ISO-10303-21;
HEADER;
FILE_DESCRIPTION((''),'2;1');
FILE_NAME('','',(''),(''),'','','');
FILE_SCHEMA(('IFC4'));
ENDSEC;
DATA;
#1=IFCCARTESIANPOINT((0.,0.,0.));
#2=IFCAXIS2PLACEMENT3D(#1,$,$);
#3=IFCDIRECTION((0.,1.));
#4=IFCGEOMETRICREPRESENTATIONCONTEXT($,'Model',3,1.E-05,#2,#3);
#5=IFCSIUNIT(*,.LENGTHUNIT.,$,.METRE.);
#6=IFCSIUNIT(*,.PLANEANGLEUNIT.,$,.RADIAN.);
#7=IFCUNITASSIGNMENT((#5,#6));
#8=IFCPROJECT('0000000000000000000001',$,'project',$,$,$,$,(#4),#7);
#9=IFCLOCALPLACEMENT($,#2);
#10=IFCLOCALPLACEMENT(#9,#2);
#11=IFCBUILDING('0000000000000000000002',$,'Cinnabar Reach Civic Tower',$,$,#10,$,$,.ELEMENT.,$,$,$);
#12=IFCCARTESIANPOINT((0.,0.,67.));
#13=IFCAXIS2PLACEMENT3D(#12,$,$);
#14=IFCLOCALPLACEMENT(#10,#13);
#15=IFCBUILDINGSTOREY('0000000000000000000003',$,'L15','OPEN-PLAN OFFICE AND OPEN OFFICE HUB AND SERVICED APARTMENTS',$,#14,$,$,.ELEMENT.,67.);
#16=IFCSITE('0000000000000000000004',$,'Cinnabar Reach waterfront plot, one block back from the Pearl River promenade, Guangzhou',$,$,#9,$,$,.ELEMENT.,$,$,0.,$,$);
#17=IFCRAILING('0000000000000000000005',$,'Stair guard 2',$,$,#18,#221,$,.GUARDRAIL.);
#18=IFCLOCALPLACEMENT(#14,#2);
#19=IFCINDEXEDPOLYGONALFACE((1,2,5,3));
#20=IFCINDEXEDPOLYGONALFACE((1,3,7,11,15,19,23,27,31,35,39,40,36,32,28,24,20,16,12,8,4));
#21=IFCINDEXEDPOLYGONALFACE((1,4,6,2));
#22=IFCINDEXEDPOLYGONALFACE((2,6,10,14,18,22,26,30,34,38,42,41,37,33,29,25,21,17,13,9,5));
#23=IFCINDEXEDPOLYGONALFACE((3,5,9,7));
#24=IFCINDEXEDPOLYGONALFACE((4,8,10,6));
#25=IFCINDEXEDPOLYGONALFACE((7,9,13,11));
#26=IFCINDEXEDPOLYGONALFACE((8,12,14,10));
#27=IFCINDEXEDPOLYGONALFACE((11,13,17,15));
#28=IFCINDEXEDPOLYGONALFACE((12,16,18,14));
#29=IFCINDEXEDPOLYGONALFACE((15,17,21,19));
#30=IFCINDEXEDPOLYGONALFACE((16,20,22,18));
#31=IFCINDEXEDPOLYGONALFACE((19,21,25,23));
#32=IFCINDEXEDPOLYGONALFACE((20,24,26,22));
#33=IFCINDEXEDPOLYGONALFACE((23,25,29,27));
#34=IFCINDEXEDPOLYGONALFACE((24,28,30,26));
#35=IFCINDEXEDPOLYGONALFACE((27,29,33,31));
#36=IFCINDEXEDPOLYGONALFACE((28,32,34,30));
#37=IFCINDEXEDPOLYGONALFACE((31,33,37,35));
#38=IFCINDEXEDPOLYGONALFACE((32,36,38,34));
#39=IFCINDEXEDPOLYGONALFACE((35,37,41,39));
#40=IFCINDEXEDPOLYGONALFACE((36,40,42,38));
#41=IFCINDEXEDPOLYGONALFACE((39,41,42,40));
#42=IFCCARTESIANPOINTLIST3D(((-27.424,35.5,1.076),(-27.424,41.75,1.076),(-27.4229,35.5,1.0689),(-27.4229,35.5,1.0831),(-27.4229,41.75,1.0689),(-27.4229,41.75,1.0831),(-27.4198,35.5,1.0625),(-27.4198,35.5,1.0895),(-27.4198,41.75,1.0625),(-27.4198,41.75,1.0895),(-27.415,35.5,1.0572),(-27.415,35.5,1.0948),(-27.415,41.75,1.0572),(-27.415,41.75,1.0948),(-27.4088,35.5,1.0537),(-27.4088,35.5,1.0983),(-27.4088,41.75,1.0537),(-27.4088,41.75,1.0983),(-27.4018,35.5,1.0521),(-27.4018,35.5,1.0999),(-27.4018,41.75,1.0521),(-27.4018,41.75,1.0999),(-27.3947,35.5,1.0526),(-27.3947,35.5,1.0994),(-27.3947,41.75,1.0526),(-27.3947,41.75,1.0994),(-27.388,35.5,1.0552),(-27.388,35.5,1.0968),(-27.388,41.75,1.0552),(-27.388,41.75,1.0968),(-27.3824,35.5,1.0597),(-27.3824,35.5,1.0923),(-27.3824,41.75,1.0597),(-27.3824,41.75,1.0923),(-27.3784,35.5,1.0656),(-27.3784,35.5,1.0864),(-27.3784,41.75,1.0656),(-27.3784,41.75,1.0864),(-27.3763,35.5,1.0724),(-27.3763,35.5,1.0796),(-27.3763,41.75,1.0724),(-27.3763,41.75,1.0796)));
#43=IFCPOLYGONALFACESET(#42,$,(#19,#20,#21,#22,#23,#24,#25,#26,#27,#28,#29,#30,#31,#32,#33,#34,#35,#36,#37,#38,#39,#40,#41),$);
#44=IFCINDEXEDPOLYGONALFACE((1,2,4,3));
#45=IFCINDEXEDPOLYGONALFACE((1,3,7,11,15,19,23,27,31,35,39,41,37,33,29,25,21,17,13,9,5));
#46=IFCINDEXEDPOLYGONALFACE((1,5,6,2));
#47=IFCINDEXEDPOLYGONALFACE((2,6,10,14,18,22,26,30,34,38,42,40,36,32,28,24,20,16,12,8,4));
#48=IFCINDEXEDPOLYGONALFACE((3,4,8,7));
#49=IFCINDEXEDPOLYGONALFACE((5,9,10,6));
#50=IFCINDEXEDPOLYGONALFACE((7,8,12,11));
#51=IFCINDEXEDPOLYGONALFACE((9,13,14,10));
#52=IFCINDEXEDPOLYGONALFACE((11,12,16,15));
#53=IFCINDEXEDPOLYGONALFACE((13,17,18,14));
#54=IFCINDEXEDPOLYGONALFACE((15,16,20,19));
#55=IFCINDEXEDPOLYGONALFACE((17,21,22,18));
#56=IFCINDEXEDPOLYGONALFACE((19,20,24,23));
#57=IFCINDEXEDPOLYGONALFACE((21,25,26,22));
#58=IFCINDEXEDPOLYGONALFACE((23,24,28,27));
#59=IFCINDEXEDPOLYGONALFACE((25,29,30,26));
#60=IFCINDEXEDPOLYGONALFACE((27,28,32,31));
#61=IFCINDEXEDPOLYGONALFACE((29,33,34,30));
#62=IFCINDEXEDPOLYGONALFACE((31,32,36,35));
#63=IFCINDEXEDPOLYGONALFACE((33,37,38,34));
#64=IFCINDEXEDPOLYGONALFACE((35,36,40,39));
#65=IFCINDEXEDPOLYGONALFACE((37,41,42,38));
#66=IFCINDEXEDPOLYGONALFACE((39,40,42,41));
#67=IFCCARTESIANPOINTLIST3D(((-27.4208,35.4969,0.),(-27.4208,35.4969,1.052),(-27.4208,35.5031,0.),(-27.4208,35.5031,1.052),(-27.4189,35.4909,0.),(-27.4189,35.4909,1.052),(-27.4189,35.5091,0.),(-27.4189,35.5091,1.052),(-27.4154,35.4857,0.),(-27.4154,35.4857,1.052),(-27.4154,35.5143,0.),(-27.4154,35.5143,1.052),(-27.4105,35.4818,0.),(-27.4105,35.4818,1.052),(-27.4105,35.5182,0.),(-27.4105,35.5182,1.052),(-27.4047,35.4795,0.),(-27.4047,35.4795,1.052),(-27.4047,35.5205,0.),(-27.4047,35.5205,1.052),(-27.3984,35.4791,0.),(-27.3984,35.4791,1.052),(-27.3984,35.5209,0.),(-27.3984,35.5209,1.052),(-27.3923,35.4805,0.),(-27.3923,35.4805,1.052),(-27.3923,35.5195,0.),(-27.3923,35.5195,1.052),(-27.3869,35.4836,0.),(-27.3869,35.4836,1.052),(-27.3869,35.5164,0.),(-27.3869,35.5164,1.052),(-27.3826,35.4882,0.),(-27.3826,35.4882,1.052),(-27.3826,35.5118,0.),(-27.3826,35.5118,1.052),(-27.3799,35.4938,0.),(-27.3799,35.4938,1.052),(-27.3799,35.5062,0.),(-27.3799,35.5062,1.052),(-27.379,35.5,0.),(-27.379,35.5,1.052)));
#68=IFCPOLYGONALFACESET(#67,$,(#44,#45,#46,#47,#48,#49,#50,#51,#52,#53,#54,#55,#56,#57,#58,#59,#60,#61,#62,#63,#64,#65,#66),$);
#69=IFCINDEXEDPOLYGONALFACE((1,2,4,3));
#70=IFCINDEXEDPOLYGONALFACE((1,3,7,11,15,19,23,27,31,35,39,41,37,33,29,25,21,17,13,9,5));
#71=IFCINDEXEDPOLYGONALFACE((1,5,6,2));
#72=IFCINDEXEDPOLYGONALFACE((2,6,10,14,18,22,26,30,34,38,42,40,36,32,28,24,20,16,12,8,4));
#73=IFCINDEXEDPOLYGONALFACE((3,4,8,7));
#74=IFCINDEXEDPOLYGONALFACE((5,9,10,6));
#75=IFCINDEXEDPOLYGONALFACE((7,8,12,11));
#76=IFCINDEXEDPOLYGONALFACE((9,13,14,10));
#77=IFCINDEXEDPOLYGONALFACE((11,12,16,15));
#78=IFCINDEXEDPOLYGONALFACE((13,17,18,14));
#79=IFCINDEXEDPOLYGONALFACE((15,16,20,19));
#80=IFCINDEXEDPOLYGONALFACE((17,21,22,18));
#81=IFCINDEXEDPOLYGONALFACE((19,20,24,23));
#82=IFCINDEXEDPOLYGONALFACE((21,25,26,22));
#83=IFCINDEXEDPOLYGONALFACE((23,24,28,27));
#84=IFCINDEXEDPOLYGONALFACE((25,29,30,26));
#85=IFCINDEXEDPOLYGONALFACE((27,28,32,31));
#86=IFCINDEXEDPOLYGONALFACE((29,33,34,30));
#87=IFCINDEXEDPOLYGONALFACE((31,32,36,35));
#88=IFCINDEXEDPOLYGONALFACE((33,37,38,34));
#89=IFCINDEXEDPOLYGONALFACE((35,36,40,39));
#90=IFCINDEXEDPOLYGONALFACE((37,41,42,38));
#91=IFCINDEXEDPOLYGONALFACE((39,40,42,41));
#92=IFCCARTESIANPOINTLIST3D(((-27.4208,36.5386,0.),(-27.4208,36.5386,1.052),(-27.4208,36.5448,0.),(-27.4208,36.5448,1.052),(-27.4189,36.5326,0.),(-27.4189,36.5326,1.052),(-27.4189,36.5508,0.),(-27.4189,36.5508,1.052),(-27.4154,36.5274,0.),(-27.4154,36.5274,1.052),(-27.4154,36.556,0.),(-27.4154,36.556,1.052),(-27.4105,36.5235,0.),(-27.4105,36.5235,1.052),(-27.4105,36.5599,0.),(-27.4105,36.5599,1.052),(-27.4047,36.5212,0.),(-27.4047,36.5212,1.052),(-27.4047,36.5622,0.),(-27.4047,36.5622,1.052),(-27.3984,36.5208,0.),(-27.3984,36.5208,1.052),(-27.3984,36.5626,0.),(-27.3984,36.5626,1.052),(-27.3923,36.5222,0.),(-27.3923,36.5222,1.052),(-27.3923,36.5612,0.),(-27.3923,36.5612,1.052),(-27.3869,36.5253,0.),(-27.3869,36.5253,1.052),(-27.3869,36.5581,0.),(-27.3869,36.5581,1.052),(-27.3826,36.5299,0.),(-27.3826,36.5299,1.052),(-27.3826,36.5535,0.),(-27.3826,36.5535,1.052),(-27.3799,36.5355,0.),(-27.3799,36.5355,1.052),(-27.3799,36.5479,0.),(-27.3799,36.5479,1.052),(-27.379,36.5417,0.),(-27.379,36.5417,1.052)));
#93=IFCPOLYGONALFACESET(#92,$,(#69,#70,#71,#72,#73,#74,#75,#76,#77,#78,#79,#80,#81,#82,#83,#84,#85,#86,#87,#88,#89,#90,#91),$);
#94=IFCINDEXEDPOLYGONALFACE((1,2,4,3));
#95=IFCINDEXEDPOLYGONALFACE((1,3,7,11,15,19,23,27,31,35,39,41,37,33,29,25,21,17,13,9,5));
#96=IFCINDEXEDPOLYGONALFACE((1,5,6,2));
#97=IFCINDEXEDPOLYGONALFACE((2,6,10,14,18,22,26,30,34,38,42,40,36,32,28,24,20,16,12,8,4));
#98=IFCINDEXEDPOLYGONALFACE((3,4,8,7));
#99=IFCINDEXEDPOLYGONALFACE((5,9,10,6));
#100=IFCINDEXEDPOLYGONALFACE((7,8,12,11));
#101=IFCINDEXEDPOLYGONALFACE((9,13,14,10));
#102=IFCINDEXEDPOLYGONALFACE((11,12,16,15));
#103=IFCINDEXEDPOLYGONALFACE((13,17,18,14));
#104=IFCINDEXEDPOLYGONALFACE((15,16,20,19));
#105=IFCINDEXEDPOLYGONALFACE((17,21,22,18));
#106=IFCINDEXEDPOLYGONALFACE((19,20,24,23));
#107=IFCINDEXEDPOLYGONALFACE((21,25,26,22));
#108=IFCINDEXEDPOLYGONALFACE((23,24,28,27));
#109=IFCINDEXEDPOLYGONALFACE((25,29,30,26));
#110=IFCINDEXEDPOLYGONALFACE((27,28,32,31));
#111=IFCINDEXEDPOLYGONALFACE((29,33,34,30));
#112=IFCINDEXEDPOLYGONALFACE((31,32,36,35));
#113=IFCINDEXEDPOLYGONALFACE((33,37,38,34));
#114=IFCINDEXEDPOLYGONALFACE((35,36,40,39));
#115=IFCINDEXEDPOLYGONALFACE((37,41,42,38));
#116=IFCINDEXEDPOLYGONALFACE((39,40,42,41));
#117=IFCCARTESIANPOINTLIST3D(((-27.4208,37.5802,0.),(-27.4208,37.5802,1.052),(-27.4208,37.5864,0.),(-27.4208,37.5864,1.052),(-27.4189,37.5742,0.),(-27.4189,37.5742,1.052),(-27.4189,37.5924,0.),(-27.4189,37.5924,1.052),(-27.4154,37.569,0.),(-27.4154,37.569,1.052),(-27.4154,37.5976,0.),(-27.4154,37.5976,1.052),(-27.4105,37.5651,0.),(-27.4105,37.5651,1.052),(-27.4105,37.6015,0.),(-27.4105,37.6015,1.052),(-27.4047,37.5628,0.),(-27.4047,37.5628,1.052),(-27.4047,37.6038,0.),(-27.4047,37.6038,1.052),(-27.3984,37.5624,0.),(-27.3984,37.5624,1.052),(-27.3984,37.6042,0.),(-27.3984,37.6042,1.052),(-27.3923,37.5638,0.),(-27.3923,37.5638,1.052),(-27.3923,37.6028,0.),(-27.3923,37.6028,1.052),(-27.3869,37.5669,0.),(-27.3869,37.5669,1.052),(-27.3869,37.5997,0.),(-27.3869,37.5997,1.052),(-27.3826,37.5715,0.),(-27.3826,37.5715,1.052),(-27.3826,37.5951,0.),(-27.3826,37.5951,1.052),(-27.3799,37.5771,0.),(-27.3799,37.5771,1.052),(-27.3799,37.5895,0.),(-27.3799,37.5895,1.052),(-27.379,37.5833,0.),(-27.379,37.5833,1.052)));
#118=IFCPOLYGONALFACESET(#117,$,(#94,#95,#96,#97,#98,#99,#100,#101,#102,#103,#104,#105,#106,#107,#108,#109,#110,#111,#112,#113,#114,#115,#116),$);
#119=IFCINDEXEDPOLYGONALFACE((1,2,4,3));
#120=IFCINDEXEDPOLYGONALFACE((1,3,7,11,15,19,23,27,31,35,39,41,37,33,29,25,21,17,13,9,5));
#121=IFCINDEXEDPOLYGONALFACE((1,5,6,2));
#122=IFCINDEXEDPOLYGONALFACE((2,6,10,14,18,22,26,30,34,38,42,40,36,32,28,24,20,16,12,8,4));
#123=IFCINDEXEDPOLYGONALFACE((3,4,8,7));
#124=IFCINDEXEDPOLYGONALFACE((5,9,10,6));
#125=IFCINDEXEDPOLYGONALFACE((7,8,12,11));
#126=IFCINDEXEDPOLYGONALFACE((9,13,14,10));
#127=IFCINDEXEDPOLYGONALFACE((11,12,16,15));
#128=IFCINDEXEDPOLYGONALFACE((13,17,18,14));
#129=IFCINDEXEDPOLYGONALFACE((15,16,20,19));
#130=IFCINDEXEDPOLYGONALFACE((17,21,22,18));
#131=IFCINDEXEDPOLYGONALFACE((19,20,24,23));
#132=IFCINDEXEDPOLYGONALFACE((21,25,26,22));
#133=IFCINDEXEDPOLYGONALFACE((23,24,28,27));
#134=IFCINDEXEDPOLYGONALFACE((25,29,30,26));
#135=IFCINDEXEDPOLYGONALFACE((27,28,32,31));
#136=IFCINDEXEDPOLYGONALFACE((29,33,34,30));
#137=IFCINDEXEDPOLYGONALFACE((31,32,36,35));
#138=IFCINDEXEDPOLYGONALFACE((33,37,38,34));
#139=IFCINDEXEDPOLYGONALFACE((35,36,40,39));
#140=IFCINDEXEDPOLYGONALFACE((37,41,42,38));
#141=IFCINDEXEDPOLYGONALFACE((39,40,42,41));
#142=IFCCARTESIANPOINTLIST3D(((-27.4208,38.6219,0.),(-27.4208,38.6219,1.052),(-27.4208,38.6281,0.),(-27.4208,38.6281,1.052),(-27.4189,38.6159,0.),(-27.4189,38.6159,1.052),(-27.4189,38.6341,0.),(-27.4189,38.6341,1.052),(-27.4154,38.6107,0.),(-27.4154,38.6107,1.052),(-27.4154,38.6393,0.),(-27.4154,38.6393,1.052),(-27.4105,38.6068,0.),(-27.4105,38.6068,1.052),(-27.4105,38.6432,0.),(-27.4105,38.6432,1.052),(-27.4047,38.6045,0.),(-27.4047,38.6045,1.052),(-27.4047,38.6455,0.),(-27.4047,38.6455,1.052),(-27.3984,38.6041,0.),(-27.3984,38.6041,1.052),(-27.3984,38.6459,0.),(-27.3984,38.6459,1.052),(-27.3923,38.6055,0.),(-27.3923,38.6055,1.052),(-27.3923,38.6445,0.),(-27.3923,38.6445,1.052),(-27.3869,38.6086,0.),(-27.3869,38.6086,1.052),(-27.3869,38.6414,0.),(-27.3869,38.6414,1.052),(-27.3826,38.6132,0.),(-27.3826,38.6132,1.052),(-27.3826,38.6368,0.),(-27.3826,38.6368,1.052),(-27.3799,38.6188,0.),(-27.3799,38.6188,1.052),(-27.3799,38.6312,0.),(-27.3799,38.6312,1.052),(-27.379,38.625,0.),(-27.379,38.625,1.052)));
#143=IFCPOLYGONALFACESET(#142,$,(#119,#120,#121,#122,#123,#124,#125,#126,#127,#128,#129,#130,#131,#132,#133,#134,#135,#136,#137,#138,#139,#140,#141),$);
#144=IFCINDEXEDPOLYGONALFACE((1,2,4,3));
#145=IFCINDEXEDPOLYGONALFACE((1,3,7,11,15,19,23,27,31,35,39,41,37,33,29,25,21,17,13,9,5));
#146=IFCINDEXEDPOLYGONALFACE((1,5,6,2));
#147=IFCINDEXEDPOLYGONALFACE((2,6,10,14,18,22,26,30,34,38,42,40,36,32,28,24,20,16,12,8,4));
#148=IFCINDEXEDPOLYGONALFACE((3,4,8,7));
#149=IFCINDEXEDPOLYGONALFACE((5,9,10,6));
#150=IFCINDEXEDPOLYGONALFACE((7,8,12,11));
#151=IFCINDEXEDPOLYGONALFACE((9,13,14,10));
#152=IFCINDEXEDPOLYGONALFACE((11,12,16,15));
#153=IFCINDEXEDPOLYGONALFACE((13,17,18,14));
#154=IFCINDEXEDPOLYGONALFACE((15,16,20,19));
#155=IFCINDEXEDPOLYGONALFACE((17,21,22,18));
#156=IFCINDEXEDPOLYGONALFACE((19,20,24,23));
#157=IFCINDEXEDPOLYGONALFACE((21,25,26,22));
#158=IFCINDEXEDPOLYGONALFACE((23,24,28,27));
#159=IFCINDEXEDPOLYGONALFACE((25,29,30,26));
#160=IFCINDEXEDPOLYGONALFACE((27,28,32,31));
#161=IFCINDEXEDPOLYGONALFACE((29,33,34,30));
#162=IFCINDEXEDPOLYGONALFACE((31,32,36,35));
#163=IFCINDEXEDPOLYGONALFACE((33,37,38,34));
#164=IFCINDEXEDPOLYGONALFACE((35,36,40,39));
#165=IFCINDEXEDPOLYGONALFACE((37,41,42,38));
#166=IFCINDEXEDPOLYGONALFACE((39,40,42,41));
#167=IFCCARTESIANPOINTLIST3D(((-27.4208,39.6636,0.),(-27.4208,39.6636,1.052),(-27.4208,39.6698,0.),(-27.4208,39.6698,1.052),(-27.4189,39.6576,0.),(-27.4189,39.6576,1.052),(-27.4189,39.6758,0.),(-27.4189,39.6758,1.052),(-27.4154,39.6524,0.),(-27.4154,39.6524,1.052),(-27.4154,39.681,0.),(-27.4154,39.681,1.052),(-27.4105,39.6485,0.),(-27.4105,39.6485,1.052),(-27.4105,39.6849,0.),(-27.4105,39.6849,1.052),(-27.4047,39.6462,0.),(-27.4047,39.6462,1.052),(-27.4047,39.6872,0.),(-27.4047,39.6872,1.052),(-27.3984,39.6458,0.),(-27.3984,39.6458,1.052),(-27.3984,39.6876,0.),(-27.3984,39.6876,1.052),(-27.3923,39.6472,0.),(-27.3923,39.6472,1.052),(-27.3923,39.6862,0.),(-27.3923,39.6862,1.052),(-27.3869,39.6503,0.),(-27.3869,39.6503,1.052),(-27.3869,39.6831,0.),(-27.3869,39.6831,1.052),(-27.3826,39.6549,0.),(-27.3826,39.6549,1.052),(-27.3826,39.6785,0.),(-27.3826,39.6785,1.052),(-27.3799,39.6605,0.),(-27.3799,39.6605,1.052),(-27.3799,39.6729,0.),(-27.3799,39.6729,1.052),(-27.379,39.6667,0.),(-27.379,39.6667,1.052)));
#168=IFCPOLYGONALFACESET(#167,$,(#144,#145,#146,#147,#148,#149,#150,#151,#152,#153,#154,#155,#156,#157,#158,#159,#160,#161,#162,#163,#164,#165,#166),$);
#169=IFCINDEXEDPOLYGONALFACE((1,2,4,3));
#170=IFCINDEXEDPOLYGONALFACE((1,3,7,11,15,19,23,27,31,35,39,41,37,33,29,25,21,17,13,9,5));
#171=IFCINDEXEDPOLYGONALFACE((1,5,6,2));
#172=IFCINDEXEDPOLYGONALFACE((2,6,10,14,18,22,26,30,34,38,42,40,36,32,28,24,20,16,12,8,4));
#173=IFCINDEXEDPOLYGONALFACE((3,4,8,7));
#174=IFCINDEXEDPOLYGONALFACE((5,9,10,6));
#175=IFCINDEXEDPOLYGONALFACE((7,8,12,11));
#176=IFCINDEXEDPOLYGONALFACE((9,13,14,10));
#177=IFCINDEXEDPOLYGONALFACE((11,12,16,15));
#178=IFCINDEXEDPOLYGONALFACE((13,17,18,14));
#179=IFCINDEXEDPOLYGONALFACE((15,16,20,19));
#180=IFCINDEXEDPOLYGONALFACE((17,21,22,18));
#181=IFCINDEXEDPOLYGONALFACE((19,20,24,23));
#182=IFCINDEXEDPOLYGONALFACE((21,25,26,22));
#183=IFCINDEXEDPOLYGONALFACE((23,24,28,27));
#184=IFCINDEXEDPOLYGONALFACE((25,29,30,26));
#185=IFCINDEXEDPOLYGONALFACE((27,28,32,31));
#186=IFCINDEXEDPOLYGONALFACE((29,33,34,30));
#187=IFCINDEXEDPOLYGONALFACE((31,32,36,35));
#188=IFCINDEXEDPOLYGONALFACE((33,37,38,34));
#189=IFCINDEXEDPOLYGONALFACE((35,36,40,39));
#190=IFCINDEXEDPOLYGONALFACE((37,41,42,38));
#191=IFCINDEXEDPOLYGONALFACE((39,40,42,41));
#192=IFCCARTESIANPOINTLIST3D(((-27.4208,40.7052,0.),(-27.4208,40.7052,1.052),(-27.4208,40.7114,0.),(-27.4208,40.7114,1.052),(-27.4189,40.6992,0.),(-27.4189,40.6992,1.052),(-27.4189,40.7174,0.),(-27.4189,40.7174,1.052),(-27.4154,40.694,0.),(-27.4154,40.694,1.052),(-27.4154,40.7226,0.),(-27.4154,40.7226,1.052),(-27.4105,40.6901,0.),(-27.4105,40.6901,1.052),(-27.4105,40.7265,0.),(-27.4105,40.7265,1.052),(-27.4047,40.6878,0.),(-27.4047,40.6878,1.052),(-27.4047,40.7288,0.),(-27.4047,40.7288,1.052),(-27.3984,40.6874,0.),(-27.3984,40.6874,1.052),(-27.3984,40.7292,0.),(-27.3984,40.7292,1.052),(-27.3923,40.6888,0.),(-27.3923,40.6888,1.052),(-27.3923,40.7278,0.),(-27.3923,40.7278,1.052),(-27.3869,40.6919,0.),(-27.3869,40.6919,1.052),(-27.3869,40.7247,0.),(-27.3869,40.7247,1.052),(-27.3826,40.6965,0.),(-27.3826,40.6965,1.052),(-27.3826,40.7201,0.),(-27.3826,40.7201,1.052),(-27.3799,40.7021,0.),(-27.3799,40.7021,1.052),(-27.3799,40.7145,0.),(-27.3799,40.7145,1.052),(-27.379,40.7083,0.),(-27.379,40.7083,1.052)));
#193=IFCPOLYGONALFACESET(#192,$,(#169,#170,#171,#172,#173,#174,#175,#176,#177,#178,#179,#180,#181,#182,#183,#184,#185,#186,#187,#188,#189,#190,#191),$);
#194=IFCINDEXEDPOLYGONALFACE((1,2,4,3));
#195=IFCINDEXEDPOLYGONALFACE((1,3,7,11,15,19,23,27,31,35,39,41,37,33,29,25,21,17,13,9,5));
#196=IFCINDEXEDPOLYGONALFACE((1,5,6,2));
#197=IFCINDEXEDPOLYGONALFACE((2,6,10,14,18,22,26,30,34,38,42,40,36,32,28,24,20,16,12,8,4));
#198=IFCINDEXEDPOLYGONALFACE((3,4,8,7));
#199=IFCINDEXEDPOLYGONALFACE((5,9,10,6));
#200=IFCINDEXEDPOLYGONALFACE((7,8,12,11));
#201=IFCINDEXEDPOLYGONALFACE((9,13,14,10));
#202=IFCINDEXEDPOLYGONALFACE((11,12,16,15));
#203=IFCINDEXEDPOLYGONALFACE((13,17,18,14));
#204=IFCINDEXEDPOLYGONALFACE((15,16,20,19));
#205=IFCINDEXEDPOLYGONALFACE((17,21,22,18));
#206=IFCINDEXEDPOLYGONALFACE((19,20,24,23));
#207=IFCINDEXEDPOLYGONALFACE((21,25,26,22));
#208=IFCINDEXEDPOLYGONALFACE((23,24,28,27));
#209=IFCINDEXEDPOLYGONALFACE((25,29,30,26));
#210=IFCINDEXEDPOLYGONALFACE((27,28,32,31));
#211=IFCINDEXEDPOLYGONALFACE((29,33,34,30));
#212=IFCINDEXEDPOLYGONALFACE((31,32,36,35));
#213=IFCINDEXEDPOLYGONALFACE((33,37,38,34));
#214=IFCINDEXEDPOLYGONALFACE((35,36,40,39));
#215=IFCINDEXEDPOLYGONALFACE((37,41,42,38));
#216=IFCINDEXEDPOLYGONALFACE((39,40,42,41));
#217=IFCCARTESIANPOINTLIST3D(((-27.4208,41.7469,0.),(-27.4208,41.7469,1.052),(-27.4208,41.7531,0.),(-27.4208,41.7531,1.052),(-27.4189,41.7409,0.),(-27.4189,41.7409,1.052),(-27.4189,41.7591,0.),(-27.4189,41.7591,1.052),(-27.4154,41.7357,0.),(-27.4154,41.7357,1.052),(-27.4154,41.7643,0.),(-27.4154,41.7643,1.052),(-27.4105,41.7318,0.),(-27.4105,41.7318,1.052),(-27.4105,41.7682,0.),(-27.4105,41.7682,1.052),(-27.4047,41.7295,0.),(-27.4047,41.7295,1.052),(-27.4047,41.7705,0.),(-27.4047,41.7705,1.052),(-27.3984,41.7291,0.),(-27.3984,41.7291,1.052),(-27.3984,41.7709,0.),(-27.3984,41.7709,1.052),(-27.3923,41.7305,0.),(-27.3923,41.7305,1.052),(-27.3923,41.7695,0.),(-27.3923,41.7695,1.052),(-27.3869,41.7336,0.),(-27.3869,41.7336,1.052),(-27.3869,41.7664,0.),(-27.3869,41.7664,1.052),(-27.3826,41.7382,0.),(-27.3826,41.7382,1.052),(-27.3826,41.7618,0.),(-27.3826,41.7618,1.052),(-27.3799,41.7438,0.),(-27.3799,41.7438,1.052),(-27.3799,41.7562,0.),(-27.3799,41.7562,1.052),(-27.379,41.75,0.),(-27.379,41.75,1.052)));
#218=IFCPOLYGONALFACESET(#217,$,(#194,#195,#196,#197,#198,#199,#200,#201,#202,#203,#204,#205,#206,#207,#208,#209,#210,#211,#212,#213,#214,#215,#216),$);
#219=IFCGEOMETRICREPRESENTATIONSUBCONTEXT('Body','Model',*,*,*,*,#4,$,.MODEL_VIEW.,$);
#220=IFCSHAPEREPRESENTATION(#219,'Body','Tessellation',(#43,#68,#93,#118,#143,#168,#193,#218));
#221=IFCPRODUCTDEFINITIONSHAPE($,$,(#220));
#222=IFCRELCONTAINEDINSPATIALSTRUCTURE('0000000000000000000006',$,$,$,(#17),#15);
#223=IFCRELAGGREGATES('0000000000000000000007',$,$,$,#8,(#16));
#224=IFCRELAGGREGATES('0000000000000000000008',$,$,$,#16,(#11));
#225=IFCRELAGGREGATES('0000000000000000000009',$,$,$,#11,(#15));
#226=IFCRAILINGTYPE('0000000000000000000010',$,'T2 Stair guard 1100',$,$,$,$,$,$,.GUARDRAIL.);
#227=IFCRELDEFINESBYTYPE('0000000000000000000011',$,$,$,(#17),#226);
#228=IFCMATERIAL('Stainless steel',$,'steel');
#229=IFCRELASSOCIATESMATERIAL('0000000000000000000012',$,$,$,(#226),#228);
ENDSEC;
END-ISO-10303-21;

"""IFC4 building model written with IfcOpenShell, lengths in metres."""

from ifc_helpers import new_model, si_unit, direction, frame, origin, origin_2d, place, context, subcontext, project, spatial, circle, extrude, material, type_object, element, save


model = new_model("IFC4")

# Units and contexts
model_context = context("Model", 3, precision=1e-05, world=origin(), true_north=direction((0.0, 1.0)))
body_context = subcontext(model_context, "Body", "Model", "MODEL_VIEW")
ifc_project = project(units=[si_unit("LENGTHUNIT", "METRE"), si_unit("PLANEANGLEUNIT", "RADIAN")], contexts=[model_context])

# Site, building, storey
site_placement = place(None, origin())
site = spatial("IfcSite", under=ifc_project, at=site_placement, Name="Cinnabar Reach waterfront plot, one block back from the Pearl River promenade, Guangzhou", CompositionType="ELEMENT", RefElevation=0.0)
building_placement = place(site_placement, origin())
building = spatial("IfcBuilding", under=site, at=building_placement, Name="Cinnabar Reach Civic Tower", CompositionType="ELEMENT")
storey_placement = place(building_placement, frame((0.0, 0.0, 67.0)))
storey = spatial("IfcBuildingStorey", under=building, at=storey_placement, Name="L15", Description="OPEN-PLAN OFFICE AND OPEN OFFICE HUB AND SERVICED APARTMENTS", CompositionType="ELEMENT", Elevation=67.0)

# Railing
ifc_material_1 = material(Name="Stainless steel", Category="steel")
railing_type = type_object("IfcRailingType", Name="T2 Stair guard 1100", PredefinedType="GUARDRAIL", material=ifc_material_1)
for number, where, name in (
    (1, (-27.4, 35.5, 0.0), "Stair guard 2"),
):
    element("IfcRailing", number, at=place(storey_placement, frame(where)), inside=storey, type_object=railing_type, Name=name, PredefinedType="GUARDRAIL", context=body_context, shape_type="SweptSolid", body=[
        extrude(circle(Radius=0.024, at=origin_2d()), frame((0.0, 0.0, 1.076), z_axis=(0.0, 1.0, 0.0), x_axis=(-1.0, 0.0, 0.0)), (0.0, 0.0, 1.0), 6.25),
        extrude(circle(Radius=0.021, at=origin_2d()), origin(), (0.0, 0.0, 1.0), 1.052),
        extrude(circle(Radius=0.021, at=origin_2d()), frame((0.0, 1.0417, 0.0)), (0.0, 0.0, 1.0), 1.052),
        extrude(circle(Radius=0.021, at=origin_2d()), frame((0.0, 2.0833, 0.0)), (0.0, 0.0, 1.0), 1.052),
        extrude(circle(Radius=0.021, at=origin_2d()), frame((0.0, 3.125, 0.0)), (0.0, 0.0, 1.0), 1.052),
        extrude(circle(Radius=0.021, at=origin_2d()), frame((0.0, 4.1667, 0.0)), (0.0, 0.0, 1.0), 1.052),
        extrude(circle(Radius=0.021, at=origin_2d()), frame((0.0, 5.2083, 0.0)), (0.0, 0.0, 1.0), 1.052),
        extrude(circle(Radius=0.021, at=origin_2d()), frame((0.0, 6.25, 0.0)), (0.0, 0.0, 1.0), 1.052),
    ])

save(model, "model.ifc")
